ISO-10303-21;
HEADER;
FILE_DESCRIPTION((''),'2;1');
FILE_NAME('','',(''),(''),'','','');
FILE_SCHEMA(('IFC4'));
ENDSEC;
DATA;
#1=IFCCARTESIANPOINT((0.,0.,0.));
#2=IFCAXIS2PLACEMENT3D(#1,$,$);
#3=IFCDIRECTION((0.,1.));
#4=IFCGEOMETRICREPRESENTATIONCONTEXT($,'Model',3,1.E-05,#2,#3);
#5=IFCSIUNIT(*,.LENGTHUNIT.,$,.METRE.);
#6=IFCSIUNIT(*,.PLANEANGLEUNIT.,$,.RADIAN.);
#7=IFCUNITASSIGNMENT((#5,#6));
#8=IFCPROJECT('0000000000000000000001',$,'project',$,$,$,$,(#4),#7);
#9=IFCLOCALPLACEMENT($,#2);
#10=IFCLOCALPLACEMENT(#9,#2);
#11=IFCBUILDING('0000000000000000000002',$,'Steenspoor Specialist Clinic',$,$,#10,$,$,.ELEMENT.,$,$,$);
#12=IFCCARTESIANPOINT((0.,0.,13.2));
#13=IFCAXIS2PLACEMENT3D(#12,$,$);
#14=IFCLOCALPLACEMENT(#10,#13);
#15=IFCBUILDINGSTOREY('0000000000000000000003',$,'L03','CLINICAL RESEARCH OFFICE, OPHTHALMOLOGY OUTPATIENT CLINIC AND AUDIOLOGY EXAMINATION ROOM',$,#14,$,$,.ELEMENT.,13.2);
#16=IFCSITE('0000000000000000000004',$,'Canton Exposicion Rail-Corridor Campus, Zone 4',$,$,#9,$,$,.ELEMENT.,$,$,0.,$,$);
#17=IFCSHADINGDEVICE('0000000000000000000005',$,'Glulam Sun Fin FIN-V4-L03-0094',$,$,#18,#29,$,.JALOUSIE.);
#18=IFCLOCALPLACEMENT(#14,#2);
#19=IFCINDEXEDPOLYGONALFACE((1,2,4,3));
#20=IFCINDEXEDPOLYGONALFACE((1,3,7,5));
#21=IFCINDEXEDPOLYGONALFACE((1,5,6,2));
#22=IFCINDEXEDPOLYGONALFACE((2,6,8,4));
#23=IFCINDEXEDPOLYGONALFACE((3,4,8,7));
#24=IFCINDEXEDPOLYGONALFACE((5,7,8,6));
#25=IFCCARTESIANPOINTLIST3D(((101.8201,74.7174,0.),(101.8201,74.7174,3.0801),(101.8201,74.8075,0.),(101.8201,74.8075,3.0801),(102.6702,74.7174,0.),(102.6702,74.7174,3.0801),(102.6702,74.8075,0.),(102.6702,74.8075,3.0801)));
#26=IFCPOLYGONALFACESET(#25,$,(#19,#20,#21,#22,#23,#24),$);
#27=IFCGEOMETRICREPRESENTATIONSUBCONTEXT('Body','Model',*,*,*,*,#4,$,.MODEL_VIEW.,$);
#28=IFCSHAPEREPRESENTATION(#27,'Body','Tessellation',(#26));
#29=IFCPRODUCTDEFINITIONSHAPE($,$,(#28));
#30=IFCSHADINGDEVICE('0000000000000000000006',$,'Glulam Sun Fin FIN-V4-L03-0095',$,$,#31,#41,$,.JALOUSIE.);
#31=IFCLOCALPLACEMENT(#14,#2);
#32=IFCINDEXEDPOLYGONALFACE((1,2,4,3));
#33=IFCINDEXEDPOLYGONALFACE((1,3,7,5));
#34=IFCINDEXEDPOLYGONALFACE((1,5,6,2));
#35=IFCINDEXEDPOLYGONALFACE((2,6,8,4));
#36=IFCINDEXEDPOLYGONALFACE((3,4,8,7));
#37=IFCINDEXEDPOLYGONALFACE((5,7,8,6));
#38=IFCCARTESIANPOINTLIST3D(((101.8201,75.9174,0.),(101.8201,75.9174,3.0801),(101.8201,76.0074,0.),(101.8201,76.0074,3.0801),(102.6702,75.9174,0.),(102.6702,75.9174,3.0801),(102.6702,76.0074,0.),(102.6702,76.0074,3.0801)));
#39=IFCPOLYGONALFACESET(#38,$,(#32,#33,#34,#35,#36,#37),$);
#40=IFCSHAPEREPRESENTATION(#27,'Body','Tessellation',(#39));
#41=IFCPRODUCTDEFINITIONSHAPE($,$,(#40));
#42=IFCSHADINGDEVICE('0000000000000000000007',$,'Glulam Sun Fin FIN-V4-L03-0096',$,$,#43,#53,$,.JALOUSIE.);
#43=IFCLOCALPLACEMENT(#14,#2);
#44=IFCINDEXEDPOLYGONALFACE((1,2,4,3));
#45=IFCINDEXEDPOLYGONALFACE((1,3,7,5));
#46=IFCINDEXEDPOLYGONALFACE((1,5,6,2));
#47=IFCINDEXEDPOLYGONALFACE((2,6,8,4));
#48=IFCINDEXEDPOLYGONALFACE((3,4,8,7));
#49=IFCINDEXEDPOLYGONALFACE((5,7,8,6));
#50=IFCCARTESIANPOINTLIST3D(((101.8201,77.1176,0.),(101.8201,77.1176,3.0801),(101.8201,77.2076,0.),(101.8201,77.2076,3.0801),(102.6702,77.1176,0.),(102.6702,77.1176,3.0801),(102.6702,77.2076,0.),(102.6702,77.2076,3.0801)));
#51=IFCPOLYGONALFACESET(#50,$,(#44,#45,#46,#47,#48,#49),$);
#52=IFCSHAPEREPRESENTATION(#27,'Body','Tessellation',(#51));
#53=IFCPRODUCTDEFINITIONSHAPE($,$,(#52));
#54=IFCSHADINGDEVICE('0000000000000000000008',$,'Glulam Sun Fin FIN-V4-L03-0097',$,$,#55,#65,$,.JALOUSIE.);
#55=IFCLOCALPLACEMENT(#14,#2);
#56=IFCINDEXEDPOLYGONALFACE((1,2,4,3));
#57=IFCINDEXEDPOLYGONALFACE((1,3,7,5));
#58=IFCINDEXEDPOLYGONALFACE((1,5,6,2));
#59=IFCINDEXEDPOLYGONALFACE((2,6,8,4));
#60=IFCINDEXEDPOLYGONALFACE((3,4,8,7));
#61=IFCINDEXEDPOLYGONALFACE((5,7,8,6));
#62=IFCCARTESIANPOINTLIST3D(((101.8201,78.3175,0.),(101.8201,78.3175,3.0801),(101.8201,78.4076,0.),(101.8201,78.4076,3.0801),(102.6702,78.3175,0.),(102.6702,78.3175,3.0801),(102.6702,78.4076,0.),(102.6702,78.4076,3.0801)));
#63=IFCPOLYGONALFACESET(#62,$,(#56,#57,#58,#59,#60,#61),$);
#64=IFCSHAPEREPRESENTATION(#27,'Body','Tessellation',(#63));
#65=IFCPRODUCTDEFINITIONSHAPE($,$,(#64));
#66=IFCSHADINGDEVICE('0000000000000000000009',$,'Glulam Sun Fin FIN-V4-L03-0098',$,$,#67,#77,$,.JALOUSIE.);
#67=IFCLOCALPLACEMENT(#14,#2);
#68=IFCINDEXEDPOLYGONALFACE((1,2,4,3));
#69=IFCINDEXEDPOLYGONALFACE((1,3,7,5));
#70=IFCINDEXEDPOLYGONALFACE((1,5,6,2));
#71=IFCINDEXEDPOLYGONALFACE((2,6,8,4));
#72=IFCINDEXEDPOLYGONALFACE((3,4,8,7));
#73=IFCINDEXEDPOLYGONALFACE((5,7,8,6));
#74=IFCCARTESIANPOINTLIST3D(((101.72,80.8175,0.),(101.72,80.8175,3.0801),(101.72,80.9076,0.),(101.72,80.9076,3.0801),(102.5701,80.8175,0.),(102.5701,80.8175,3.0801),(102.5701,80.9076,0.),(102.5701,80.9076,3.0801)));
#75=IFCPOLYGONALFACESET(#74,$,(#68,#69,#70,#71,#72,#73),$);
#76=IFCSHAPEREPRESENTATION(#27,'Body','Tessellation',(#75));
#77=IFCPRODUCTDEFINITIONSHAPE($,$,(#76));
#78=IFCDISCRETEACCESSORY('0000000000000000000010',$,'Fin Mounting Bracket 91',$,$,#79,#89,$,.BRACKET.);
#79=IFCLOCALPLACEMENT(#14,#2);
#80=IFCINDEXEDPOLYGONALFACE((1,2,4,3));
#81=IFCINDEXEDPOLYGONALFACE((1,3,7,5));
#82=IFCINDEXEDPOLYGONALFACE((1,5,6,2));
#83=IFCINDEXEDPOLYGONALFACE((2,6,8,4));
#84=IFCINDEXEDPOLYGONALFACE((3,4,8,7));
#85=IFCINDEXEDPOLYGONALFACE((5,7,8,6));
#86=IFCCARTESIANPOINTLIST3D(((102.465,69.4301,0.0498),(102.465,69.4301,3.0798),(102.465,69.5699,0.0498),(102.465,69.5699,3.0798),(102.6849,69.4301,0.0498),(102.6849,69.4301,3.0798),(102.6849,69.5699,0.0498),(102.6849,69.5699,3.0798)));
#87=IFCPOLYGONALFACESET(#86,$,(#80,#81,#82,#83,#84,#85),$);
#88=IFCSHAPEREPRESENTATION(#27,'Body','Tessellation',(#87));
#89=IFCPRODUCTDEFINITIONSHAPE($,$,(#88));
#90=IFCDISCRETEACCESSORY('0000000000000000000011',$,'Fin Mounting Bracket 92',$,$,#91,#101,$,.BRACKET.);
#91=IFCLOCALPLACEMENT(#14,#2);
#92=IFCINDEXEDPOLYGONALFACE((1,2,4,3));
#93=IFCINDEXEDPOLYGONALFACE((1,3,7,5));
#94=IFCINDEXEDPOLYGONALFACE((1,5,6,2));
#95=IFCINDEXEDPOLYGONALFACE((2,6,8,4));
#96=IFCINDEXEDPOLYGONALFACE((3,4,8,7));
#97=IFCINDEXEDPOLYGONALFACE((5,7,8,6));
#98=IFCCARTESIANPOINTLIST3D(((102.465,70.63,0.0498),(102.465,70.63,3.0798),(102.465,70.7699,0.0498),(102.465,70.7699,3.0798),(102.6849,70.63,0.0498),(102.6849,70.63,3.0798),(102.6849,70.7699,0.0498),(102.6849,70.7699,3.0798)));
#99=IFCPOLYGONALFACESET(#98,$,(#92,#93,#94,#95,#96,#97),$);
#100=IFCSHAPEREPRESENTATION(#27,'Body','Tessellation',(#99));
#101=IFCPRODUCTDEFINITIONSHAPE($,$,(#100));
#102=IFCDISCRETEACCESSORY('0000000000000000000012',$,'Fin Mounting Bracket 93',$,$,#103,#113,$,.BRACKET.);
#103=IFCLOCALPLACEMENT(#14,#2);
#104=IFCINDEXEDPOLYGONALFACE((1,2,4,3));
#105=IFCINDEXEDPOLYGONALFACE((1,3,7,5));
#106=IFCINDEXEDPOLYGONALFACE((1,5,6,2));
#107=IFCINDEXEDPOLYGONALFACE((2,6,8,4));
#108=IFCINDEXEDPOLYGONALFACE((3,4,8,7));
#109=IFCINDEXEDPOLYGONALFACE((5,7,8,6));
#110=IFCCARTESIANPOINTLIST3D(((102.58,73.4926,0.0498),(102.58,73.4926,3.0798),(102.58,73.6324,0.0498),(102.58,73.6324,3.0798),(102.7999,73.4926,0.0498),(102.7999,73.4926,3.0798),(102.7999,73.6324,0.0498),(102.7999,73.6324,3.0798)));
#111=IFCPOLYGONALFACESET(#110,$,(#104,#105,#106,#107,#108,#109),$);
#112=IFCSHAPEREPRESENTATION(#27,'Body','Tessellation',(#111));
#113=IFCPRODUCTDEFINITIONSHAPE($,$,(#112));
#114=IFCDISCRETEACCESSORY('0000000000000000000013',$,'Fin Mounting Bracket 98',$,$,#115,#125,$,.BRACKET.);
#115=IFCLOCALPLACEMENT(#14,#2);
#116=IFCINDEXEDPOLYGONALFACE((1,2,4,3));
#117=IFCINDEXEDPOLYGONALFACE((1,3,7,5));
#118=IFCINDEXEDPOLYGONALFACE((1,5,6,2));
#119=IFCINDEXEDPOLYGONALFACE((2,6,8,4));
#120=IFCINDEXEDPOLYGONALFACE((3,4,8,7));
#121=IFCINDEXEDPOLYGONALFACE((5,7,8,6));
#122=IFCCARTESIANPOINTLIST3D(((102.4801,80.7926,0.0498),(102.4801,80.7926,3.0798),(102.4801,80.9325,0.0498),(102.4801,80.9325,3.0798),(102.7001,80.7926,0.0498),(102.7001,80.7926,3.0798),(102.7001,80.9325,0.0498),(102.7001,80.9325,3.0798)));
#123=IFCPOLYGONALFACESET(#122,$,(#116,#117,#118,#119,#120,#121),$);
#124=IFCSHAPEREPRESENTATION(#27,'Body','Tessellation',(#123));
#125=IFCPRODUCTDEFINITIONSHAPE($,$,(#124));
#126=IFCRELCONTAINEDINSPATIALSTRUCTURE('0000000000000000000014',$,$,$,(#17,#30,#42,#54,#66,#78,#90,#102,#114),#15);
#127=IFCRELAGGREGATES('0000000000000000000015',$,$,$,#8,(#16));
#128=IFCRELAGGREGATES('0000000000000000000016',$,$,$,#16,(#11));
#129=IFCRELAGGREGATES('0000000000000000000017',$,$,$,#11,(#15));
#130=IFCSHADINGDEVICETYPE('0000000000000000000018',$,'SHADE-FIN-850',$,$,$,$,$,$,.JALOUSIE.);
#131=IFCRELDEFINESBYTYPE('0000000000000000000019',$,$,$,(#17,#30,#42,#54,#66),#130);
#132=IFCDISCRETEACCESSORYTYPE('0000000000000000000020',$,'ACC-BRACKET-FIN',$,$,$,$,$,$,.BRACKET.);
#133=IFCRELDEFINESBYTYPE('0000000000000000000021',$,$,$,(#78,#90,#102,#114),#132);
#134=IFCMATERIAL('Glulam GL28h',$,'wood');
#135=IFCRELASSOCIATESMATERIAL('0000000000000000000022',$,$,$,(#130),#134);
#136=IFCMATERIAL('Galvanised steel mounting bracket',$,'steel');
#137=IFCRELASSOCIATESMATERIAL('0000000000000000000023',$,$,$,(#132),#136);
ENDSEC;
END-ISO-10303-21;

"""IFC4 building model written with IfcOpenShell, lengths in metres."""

from ifc_helpers import new_model, si_unit, direction, frame, origin, origin_2d, place, context, subcontext, project, spatial, rectangle, extrude, material, material_profile, profile_set, type_object, element, save


model = new_model("IFC4")

# Units and contexts
model_context = context("Model", 3, precision=1e-05, world=origin(), true_north=direction((0.0, 1.0)))
body_context = subcontext(model_context, "Body", "Model", "MODEL_VIEW")
ifc_project = project(units=[si_unit("LENGTHUNIT", "METRE"), si_unit("PLANEANGLEUNIT", "RADIAN")], contexts=[model_context])

# Site, building, storey
site_placement = place(None, origin())
site = spatial("IfcSite", under=ifc_project, at=site_placement, Name="Canton Exposicion Rail-Corridor Campus, Zone 4", CompositionType="ELEMENT", RefElevation=0.0)
building_placement = place(site_placement, origin())
building = spatial("IfcBuilding", under=site, at=building_placement, Name="Steenspoor Specialist Clinic", CompositionType="ELEMENT")
storey_placement = place(building_placement, frame((0.0, 0.0, 13.2)))
storey = spatial("IfcBuildingStorey", under=building, at=storey_placement, Name="L03", Description="CLINICAL RESEARCH OFFICE, OPHTHALMOLOGY OUTPATIENT CLINIC AND AUDIOLOGY EXAMINATION ROOM", CompositionType="ELEMENT", Elevation=13.2)

# Shading devices
ifc_material_1 = material(Name="Glulam GL28h", Category="wood")
ifc_material_profile_1 = material_profile(ifc_material_1, rectangle(XDim=0.0901, YDim=0.8501, at=origin_2d()), Name="GL28H-90X850")
ifc_profile_set_1 = profile_set([ifc_material_profile_1], Name="Glulam GL28h")
shading_device_type = type_object("IfcShadingDeviceType", Name="SHADE-FIN-850", PredefinedType="JALOUSIE", material=ifc_profile_set_1)
for number, where, z_axis, x_axis, name in (
    (1, (102.2451, 74.7625, 0.0), (0.0, 0.0, 1.0), (0.0, 1.0, 0.0), "Glulam Sun Fin FIN-V4-L03-0094"),
    (2, (102.2451, 75.9624, 0.0), (0.0, 0.0, 1.0), (0.0, 1.0, 0.0), "Glulam Sun Fin FIN-V4-L03-0095"),
    (3, (102.2451, 77.1626, 0.0), (0.0, 0.0, 1.0), (0.0, 1.0, 0.0), "Glulam Sun Fin FIN-V4-L03-0096"),
    (4, (102.2451, 78.3625, 0.0), (0.0, 0.0, 1.0), (0.0, 1.0, 0.0), "Glulam Sun Fin FIN-V4-L03-0097"),
    (5, (102.145, 80.8625, 0.0), (0.0, 0.0, 1.0), (0.0, 1.0, 0.0), "Glulam Sun Fin FIN-V4-L03-0098"),
):
    element("IfcShadingDevice", number, at=place(storey_placement, frame(where, z_axis=z_axis, x_axis=x_axis)), inside=storey, type_object=shading_device_type, Name=name, PredefinedType="JALOUSIE", context=body_context, shape_type="SweptSolid", body=[
        extrude(rectangle(XDim=0.0901, YDim=0.8501, at=origin_2d()), origin(), (0.0, 0.0, 1.0), 3.0801),
    ])

# Discrete accessories
ifc_material_2 = material(Name="Galvanised steel mounting bracket", Category="steel")
discrete_accessory_type = type_object("IfcDiscreteAccessoryType", Name="ACC-BRACKET-FIN", PredefinedType="BRACKET", material=ifc_material_2)
for number, where, z_axis, x_axis, name in (
    (6, (102.575, 69.5, 0.0498), (0.0, 0.0, 1.0), (-1.0, 0.0, 0.0), "Fin Mounting Bracket 91"),
    (7, (102.575, 70.7, 0.0498), (0.0, 0.0, 1.0), (-1.0, 0.0, 0.0), "Fin Mounting Bracket 92"),
    (8, (102.6899, 73.5625, 0.0498), (0.0, 0.0, 1.0), (-1.0, 0.0, 0.0), "Fin Mounting Bracket 93"),
    (9, (102.5901, 80.8625, 0.0498), (0.0, 0.0, 1.0), (-1.0, 0.0, 0.0), "Fin Mounting Bracket 98"),
):
    element("IfcDiscreteAccessory", number, at=place(storey_placement, frame(where, z_axis=z_axis, x_axis=x_axis)), inside=storey, type_object=discrete_accessory_type, Name=name, PredefinedType="BRACKET", context=body_context, shape_type="SweptSolid", body=[
        extrude(rectangle(XDim=0.22, YDim=0.1399, at=origin_2d()), origin(), (0.0, 0.0, 1.0), 3.03),
    ])

save(model, "model.ifc")
